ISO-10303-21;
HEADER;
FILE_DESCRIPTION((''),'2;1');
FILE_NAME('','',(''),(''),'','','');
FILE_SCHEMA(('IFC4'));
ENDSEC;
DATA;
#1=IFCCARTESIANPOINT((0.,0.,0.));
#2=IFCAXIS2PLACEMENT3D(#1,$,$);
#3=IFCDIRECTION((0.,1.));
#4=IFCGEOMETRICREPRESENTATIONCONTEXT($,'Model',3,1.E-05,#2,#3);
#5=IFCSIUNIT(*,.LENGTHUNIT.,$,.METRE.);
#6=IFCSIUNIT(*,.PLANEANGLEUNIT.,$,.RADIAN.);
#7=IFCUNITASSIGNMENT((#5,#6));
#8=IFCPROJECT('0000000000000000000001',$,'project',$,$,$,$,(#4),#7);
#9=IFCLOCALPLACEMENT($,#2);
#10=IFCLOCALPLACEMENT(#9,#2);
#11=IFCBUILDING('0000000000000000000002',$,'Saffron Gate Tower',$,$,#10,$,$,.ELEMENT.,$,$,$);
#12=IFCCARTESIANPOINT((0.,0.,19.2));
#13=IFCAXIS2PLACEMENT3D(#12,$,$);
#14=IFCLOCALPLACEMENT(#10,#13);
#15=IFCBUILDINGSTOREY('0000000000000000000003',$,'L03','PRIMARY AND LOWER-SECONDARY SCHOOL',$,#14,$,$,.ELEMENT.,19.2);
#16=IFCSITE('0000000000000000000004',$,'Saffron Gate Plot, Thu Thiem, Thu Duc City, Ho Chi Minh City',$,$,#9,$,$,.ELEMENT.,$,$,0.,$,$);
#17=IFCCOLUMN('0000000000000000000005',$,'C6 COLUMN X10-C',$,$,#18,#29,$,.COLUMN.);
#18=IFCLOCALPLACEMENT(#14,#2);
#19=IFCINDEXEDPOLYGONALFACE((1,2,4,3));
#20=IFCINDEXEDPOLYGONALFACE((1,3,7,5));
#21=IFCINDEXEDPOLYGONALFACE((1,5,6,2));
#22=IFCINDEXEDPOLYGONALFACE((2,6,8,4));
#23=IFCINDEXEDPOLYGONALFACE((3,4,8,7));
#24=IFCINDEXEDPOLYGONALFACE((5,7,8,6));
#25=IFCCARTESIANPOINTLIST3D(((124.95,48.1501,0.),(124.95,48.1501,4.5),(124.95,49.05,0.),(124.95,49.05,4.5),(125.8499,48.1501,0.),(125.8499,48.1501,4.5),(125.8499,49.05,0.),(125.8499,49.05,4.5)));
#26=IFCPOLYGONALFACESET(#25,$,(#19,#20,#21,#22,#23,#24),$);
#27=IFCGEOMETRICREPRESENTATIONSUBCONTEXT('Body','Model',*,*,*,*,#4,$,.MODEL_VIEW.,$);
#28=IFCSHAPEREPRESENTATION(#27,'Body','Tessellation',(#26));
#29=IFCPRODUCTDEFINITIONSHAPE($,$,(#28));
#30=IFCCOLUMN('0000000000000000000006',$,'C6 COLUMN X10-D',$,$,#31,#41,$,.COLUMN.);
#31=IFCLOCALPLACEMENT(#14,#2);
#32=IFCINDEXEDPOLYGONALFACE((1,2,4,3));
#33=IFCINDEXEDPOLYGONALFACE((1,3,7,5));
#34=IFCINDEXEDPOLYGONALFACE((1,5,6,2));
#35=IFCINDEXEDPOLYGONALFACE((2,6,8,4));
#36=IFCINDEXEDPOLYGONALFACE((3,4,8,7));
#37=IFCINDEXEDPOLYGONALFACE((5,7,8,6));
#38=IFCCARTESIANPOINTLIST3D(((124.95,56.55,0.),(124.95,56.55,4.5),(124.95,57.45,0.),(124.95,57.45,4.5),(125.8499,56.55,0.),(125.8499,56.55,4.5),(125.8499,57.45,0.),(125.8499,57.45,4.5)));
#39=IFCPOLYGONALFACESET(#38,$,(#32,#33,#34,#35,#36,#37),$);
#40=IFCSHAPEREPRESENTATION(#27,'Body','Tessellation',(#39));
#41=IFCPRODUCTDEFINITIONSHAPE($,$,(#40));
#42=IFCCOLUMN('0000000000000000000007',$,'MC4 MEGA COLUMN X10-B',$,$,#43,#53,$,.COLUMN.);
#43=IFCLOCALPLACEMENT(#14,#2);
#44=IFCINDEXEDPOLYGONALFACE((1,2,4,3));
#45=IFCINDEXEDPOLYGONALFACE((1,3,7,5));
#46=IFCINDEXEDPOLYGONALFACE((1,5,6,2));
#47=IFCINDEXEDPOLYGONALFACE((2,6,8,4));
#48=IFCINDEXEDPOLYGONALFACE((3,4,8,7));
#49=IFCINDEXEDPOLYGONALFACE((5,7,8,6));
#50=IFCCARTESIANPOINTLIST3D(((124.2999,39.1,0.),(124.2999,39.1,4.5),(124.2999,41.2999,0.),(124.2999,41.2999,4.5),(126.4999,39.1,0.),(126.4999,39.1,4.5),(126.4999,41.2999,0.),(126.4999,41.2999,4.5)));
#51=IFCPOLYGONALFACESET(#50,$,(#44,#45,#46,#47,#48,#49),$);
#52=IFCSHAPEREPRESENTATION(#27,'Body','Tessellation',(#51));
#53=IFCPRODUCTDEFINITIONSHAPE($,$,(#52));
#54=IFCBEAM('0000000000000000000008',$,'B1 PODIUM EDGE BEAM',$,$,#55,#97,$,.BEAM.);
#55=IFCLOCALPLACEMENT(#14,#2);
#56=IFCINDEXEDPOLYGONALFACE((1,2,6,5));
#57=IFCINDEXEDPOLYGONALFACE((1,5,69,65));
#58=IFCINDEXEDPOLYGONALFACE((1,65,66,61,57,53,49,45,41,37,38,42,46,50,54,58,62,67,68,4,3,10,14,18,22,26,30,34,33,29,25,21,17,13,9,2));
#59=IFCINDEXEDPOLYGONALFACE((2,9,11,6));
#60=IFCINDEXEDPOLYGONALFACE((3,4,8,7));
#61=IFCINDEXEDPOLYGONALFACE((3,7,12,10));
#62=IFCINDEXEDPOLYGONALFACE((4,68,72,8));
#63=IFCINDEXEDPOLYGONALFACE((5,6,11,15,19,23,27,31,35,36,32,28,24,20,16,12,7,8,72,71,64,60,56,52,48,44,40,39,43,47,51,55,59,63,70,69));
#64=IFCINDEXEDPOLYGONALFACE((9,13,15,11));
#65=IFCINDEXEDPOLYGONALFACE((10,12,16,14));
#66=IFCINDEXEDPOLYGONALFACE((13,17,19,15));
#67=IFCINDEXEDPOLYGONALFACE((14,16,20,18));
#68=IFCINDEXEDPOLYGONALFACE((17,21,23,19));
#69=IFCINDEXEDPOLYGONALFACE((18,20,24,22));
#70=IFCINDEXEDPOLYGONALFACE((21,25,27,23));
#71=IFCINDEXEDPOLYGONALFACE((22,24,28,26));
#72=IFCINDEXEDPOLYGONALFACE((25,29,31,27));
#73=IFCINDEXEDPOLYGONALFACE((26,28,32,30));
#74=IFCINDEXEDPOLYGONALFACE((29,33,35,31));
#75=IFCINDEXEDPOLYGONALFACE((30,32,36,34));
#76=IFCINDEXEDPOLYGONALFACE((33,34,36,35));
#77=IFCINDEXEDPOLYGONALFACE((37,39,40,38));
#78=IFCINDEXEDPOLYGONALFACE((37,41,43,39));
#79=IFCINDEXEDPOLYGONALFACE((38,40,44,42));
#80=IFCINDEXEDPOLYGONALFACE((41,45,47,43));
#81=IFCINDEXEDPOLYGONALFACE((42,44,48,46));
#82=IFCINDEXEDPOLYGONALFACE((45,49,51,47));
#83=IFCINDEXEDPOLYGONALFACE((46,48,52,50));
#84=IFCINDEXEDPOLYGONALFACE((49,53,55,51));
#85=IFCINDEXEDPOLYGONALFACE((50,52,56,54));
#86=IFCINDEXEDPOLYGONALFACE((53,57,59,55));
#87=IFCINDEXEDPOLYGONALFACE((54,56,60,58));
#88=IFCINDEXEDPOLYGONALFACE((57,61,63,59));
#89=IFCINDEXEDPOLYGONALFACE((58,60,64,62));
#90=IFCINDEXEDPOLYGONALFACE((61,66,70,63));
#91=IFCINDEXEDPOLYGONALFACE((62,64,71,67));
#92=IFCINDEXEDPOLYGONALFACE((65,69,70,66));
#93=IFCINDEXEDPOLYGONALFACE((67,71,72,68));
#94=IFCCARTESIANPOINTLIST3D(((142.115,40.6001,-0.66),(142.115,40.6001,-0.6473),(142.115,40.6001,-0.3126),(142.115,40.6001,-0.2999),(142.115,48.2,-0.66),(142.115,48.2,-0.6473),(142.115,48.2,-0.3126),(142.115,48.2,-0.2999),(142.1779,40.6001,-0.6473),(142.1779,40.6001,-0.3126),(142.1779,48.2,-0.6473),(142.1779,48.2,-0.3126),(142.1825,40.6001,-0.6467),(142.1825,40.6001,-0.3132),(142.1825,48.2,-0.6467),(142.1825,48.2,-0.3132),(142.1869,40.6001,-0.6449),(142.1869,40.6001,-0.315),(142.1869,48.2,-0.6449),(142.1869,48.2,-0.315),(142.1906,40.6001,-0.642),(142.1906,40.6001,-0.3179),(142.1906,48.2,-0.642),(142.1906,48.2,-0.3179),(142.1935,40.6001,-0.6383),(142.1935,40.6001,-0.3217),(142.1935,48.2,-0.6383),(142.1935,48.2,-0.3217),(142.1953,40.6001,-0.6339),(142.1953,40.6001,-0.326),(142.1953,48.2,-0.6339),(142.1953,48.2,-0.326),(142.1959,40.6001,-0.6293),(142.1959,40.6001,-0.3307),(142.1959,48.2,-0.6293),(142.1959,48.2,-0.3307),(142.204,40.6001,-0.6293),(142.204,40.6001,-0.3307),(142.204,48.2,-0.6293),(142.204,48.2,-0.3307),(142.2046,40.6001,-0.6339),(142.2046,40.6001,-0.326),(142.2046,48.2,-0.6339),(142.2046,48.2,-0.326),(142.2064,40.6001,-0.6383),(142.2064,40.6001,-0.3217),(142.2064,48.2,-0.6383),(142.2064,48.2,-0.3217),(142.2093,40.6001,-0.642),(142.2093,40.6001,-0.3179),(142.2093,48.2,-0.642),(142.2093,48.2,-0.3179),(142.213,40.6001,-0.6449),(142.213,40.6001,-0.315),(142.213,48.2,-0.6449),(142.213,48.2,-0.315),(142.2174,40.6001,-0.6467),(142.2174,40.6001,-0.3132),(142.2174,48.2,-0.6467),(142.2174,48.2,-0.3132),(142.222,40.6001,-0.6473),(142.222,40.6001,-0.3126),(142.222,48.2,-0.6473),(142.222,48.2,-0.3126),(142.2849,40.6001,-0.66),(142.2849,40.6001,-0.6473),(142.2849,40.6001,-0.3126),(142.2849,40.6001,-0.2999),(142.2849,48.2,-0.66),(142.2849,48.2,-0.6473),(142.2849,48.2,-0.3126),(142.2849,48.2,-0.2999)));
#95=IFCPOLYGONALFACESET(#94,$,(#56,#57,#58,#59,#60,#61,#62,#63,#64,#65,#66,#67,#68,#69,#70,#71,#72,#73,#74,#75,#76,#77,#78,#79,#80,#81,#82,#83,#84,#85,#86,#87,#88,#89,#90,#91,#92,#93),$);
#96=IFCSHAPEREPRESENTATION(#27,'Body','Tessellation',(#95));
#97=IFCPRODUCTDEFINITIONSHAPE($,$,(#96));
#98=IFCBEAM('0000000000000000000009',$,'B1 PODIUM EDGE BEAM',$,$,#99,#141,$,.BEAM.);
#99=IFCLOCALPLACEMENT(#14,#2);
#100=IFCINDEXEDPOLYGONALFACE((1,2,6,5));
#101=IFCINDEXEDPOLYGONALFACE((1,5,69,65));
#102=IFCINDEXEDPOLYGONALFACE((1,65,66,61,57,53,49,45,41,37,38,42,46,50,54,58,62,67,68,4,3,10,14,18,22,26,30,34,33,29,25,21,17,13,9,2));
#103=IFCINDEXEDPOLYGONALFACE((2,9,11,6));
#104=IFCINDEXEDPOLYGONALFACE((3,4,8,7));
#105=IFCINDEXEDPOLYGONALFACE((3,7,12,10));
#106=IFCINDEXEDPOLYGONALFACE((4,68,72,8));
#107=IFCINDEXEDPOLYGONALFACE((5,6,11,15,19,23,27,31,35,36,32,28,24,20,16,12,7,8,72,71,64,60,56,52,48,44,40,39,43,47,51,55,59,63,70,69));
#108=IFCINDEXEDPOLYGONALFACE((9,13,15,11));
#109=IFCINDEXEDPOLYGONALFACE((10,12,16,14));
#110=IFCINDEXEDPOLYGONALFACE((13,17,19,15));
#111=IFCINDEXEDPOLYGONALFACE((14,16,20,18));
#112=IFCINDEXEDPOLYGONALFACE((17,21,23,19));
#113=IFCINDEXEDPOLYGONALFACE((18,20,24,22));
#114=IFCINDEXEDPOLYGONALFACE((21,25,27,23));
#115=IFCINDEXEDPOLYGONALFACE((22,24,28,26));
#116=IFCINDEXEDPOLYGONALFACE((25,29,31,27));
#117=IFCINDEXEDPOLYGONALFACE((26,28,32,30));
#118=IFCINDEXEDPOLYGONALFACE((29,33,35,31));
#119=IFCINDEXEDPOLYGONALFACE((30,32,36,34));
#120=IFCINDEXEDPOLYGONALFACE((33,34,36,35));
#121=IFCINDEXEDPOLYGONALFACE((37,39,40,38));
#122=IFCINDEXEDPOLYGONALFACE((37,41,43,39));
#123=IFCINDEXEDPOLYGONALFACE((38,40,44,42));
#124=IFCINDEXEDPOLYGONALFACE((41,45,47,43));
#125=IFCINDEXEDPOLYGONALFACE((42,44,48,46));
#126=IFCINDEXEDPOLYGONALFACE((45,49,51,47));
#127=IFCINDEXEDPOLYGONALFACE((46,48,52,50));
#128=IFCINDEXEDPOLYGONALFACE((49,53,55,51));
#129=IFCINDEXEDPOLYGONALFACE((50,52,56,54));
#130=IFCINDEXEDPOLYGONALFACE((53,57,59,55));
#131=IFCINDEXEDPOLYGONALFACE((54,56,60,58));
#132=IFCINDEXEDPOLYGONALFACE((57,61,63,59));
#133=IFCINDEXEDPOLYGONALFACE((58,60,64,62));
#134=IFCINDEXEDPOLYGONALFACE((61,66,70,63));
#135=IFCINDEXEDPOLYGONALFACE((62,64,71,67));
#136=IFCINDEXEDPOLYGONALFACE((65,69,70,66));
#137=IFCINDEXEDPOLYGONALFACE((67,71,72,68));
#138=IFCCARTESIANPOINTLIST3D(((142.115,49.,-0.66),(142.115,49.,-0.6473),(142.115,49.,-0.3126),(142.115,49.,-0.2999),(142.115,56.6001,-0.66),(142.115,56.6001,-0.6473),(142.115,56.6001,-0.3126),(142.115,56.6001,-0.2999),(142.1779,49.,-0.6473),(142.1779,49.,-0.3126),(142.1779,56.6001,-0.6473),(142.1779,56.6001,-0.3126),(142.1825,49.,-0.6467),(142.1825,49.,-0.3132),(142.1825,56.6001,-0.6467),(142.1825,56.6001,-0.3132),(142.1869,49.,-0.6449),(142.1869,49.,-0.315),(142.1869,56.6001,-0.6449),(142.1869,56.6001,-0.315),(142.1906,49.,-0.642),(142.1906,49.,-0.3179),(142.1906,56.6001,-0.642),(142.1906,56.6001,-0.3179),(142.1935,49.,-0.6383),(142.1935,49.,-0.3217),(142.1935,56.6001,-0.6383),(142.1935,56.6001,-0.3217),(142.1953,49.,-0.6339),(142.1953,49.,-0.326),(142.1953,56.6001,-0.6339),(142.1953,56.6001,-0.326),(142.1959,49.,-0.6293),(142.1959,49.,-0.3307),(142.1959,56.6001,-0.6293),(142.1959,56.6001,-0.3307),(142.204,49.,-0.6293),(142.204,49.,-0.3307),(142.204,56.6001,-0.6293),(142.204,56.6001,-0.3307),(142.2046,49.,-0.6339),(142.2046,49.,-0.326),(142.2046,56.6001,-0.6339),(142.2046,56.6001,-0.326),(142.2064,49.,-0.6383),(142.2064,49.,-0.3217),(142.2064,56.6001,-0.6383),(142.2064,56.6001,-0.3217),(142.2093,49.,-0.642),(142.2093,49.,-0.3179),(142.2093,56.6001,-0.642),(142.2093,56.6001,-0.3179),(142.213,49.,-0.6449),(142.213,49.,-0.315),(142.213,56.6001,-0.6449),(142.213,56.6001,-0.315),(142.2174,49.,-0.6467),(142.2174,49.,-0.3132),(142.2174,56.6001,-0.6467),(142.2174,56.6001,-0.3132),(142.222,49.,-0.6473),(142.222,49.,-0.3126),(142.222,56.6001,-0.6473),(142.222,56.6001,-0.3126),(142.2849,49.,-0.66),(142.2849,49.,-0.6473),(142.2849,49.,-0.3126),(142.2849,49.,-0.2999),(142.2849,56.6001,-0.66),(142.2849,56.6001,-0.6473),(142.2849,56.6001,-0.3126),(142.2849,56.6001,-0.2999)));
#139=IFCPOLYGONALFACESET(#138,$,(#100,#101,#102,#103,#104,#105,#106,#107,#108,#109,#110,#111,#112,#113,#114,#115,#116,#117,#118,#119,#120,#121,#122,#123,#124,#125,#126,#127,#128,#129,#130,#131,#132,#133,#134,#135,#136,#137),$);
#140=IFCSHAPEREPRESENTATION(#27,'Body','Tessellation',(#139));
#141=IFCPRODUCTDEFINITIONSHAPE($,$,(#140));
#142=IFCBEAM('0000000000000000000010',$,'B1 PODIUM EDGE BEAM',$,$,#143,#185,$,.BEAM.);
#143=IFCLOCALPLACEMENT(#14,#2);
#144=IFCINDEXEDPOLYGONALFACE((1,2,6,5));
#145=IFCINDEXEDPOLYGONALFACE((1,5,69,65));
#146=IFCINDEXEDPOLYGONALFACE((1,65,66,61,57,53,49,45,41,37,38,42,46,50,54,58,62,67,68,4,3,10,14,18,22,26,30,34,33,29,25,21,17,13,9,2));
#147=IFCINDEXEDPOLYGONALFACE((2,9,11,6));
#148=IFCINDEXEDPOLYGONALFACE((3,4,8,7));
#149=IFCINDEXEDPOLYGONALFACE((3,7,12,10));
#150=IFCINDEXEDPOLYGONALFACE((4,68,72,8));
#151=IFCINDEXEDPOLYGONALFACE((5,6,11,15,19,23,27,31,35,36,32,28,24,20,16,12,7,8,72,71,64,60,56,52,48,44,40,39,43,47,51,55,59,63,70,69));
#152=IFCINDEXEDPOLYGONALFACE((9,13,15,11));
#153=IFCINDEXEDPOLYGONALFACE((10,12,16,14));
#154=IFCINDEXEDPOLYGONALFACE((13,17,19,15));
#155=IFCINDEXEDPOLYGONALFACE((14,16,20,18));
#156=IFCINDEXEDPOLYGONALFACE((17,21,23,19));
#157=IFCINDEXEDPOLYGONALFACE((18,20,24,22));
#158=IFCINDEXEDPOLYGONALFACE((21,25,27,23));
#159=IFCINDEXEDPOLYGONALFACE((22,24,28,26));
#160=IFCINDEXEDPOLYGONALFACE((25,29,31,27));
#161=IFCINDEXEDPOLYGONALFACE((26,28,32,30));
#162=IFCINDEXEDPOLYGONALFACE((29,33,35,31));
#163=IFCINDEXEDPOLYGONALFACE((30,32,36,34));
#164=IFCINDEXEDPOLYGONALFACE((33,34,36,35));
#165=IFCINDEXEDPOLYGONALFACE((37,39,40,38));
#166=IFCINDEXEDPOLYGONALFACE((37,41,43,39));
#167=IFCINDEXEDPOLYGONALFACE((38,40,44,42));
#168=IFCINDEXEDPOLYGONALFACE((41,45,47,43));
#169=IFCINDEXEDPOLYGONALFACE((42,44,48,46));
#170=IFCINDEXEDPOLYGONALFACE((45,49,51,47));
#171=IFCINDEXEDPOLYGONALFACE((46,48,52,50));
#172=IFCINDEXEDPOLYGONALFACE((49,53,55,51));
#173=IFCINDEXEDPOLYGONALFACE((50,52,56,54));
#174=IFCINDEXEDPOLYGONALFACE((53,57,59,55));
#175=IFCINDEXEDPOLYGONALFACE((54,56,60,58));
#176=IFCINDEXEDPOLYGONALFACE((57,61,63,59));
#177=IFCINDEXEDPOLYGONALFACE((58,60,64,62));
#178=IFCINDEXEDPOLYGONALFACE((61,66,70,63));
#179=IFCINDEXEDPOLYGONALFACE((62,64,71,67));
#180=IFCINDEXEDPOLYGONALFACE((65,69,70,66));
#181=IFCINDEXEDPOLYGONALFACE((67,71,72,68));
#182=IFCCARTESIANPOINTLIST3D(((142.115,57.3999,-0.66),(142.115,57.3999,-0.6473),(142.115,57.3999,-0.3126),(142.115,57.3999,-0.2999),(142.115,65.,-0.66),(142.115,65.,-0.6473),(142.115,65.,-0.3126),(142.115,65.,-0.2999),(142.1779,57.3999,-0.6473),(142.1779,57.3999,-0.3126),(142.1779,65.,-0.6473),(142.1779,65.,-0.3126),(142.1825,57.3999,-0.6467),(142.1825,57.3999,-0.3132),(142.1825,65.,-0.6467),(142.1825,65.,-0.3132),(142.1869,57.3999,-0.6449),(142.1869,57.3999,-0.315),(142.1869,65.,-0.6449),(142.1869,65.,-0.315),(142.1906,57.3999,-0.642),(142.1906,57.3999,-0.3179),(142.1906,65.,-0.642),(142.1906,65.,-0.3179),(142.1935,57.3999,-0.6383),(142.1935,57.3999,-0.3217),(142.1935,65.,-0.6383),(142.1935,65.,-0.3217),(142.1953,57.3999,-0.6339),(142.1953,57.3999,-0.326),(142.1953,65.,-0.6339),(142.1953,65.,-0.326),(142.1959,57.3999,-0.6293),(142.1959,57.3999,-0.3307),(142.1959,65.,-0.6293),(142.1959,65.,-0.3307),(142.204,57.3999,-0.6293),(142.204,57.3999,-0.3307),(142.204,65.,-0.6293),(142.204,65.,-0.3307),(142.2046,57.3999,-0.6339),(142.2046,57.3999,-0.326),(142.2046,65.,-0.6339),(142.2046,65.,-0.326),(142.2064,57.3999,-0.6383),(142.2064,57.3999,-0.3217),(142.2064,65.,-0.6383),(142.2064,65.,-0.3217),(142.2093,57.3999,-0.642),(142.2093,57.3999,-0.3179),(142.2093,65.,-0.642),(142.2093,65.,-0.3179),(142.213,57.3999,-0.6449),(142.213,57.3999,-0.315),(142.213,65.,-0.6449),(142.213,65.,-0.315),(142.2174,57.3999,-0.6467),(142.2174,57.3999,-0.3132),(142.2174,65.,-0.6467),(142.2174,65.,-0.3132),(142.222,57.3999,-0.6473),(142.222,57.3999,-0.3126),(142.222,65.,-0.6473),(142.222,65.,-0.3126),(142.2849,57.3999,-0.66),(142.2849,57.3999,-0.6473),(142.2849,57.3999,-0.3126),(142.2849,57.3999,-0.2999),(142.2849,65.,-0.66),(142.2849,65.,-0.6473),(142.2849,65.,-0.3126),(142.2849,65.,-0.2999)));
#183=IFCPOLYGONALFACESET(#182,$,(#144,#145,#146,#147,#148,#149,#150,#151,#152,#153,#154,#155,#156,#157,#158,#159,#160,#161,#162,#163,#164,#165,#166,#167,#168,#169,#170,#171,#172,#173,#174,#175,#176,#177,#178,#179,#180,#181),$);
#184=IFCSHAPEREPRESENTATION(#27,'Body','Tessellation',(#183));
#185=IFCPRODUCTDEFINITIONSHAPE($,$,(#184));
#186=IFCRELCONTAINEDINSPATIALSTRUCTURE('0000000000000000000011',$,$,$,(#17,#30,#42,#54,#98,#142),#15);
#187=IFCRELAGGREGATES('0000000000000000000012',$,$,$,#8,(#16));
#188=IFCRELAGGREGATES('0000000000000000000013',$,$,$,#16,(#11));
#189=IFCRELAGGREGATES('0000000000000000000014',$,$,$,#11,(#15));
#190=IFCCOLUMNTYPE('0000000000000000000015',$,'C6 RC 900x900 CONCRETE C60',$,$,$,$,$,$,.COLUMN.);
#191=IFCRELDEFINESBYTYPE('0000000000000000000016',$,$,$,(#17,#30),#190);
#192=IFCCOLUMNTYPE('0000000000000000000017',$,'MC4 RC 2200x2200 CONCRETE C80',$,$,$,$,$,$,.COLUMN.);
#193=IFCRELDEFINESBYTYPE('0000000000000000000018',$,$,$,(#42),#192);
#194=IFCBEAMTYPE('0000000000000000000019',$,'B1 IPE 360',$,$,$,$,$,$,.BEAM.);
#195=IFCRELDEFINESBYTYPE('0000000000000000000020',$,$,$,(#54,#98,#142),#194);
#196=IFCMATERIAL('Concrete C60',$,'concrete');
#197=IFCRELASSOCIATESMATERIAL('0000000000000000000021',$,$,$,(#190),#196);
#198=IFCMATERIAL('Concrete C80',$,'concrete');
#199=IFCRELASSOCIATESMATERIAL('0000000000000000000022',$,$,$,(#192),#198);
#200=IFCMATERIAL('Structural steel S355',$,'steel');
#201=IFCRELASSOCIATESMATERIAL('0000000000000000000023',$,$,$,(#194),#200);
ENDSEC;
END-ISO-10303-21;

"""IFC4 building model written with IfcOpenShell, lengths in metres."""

from ifc_helpers import new_model, si_unit, direction, frame, origin, origin_2d, place, context, subcontext, project, spatial, rectangle, i_section, extrude, material, material_profile, profile_set, type_object, element, save


model = new_model("IFC4")

# Units and contexts
model_context = context("Model", 3, precision=1e-05, world=origin(), true_north=direction((0.0, 1.0)))
body_context = subcontext(model_context, "Body", "Model", "MODEL_VIEW")
ifc_project = project(units=[si_unit("LENGTHUNIT", "METRE"), si_unit("PLANEANGLEUNIT", "RADIAN")], contexts=[model_context])

# Site, building, storey
site_placement = place(None, origin())
site = spatial("IfcSite", under=ifc_project, at=site_placement, Name="Saffron Gate Plot, Thu Thiem, Thu Duc City, Ho Chi Minh City", CompositionType="ELEMENT", RefElevation=0.0)
building_placement = place(site_placement, origin())
building = spatial("IfcBuilding", under=site, at=building_placement, Name="Saffron Gate Tower", CompositionType="ELEMENT")
storey_placement = place(building_placement, frame((0.0, 0.0, 19.2)))
storey = spatial("IfcBuildingStorey", under=building, at=storey_placement, Name="L03", Description="PRIMARY AND LOWER-SECONDARY SCHOOL", CompositionType="ELEMENT", Elevation=19.2)

# Columns
ifc_material_1 = material(Name="Concrete C60", Category="concrete")
ifc_material_profile_1 = material_profile(ifc_material_1, rectangle(XDim=0.8999, YDim=0.8999, at=origin_2d()))
ifc_profile_set_1 = profile_set([ifc_material_profile_1], Name="Concrete C60")
column_type_1 = type_object("IfcColumnType", Name="C6 RC 900x900 CONCRETE C60", PredefinedType="COLUMN", material=ifc_profile_set_1)
for number, where, z_axis, x_axis, name in (
    (1, (125.3999, 48.6001, 0.0), (0.0, 0.0, 1.0), (1.0, 0.0, 0.0), "C6 COLUMN X10-C"),
    (2, (125.3999, 57.0, 0.0), (0.0, 0.0, 1.0), (1.0, 0.0, 0.0), "C6 COLUMN X10-D"),
):
    element("IfcColumn", number, at=place(storey_placement, frame(where, z_axis=z_axis, x_axis=x_axis)), inside=storey, type_object=column_type_1, Name=name, PredefinedType="COLUMN", context=body_context, shape_type="SweptSolid", body=[
        extrude(rectangle(XDim=0.8999, YDim=0.8999, at=origin_2d()), origin(), (0.0, 0.0, 1.0), 4.5),
    ])
ifc_material_2 = material(Name="Concrete C80", Category="concrete")
ifc_material_profile_2 = material_profile(ifc_material_2, rectangle(XDim=2.2, YDim=2.2, at=origin_2d()))
ifc_profile_set_2 = profile_set([ifc_material_profile_2], Name="Concrete C80")
column_type_2 = type_object("IfcColumnType", Name="MC4 RC 2200x2200 CONCRETE C80", PredefinedType="COLUMN", material=ifc_profile_set_2)
column_placement = place(storey_placement, frame((125.3999, 40.2, 0.0), z_axis=(0.0, 0.0, 1.0), x_axis=(1.0, 0.0, 0.0)))
element("IfcColumn", 3, at=column_placement, inside=storey, type_object=column_type_2, Name="MC4 MEGA COLUMN X10-B", PredefinedType="COLUMN", context=body_context, shape_type="SweptSolid", body=[
    extrude(rectangle(XDim=2.2, YDim=2.2, at=origin_2d()), origin(), (0.0, 0.0, 1.0), 4.5),
])

# Beams
ifc_material_3 = material(Name="Structural steel S355", Category="steel")
ifc_material_profile_3 = material_profile(ifc_material_3, i_section(OverallWidth=0.1699, OverallDepth=0.3601, WebThickness=0.0081, FlangeThickness=0.0127, FilletRadius=0.0181, at=origin_2d()))
ifc_profile_set_3 = profile_set([ifc_material_profile_3], Name="Structural steel S355")
beam_type_1 = type_object("IfcBeamType", Name="B1 IPE 360", PredefinedType="BEAM", material=ifc_profile_set_3)
beam_1_placement = place(storey_placement, frame((142.2, 40.6001, -0.48), z_axis=(0.0, 1.0, 0.0), x_axis=(-1.0, 0.0, 0.0)))
element("IfcBeam", 4, at=beam_1_placement, inside=storey, type_object=beam_type_1, Name="B1 PODIUM EDGE BEAM", PredefinedType="BEAM", context=body_context, shape_type="SweptSolid", body=[
    extrude(i_section(OverallWidth=0.1699, OverallDepth=0.3601, WebThickness=0.0081, FlangeThickness=0.0127, FilletRadius=0.0181, at=origin_2d()), origin(), (0.0, 0.0, 1.0), 7.5999),
])
for number, where, z_axis, x_axis, name in (
    (5, (142.2, 49.0, -0.48), (0.0, 1.0, 0.0), (-1.0, 0.0, 0.0), "B1 PODIUM EDGE BEAM"),
    (6, (142.2, 57.3999, -0.48), (0.0, 1.0, 0.0), (-1.0, 0.0, 0.0), "B1 PODIUM EDGE BEAM"),
):
    element("IfcBeam", number, at=place(storey_placement, frame(where, z_axis=z_axis, x_axis=x_axis)), inside=storey, type_object=beam_type_1, Name=name, PredefinedType="BEAM", context=body_context, shape_type="SweptSolid", body=[
        extrude(i_section(OverallWidth=0.1699, OverallDepth=0.3601, WebThickness=0.0081, FlangeThickness=0.0127, FilletRadius=0.0181, at=origin_2d()), origin(), (0.0, 0.0, 1.0), 7.6001),
    ])

save(model, "model.ifc")
